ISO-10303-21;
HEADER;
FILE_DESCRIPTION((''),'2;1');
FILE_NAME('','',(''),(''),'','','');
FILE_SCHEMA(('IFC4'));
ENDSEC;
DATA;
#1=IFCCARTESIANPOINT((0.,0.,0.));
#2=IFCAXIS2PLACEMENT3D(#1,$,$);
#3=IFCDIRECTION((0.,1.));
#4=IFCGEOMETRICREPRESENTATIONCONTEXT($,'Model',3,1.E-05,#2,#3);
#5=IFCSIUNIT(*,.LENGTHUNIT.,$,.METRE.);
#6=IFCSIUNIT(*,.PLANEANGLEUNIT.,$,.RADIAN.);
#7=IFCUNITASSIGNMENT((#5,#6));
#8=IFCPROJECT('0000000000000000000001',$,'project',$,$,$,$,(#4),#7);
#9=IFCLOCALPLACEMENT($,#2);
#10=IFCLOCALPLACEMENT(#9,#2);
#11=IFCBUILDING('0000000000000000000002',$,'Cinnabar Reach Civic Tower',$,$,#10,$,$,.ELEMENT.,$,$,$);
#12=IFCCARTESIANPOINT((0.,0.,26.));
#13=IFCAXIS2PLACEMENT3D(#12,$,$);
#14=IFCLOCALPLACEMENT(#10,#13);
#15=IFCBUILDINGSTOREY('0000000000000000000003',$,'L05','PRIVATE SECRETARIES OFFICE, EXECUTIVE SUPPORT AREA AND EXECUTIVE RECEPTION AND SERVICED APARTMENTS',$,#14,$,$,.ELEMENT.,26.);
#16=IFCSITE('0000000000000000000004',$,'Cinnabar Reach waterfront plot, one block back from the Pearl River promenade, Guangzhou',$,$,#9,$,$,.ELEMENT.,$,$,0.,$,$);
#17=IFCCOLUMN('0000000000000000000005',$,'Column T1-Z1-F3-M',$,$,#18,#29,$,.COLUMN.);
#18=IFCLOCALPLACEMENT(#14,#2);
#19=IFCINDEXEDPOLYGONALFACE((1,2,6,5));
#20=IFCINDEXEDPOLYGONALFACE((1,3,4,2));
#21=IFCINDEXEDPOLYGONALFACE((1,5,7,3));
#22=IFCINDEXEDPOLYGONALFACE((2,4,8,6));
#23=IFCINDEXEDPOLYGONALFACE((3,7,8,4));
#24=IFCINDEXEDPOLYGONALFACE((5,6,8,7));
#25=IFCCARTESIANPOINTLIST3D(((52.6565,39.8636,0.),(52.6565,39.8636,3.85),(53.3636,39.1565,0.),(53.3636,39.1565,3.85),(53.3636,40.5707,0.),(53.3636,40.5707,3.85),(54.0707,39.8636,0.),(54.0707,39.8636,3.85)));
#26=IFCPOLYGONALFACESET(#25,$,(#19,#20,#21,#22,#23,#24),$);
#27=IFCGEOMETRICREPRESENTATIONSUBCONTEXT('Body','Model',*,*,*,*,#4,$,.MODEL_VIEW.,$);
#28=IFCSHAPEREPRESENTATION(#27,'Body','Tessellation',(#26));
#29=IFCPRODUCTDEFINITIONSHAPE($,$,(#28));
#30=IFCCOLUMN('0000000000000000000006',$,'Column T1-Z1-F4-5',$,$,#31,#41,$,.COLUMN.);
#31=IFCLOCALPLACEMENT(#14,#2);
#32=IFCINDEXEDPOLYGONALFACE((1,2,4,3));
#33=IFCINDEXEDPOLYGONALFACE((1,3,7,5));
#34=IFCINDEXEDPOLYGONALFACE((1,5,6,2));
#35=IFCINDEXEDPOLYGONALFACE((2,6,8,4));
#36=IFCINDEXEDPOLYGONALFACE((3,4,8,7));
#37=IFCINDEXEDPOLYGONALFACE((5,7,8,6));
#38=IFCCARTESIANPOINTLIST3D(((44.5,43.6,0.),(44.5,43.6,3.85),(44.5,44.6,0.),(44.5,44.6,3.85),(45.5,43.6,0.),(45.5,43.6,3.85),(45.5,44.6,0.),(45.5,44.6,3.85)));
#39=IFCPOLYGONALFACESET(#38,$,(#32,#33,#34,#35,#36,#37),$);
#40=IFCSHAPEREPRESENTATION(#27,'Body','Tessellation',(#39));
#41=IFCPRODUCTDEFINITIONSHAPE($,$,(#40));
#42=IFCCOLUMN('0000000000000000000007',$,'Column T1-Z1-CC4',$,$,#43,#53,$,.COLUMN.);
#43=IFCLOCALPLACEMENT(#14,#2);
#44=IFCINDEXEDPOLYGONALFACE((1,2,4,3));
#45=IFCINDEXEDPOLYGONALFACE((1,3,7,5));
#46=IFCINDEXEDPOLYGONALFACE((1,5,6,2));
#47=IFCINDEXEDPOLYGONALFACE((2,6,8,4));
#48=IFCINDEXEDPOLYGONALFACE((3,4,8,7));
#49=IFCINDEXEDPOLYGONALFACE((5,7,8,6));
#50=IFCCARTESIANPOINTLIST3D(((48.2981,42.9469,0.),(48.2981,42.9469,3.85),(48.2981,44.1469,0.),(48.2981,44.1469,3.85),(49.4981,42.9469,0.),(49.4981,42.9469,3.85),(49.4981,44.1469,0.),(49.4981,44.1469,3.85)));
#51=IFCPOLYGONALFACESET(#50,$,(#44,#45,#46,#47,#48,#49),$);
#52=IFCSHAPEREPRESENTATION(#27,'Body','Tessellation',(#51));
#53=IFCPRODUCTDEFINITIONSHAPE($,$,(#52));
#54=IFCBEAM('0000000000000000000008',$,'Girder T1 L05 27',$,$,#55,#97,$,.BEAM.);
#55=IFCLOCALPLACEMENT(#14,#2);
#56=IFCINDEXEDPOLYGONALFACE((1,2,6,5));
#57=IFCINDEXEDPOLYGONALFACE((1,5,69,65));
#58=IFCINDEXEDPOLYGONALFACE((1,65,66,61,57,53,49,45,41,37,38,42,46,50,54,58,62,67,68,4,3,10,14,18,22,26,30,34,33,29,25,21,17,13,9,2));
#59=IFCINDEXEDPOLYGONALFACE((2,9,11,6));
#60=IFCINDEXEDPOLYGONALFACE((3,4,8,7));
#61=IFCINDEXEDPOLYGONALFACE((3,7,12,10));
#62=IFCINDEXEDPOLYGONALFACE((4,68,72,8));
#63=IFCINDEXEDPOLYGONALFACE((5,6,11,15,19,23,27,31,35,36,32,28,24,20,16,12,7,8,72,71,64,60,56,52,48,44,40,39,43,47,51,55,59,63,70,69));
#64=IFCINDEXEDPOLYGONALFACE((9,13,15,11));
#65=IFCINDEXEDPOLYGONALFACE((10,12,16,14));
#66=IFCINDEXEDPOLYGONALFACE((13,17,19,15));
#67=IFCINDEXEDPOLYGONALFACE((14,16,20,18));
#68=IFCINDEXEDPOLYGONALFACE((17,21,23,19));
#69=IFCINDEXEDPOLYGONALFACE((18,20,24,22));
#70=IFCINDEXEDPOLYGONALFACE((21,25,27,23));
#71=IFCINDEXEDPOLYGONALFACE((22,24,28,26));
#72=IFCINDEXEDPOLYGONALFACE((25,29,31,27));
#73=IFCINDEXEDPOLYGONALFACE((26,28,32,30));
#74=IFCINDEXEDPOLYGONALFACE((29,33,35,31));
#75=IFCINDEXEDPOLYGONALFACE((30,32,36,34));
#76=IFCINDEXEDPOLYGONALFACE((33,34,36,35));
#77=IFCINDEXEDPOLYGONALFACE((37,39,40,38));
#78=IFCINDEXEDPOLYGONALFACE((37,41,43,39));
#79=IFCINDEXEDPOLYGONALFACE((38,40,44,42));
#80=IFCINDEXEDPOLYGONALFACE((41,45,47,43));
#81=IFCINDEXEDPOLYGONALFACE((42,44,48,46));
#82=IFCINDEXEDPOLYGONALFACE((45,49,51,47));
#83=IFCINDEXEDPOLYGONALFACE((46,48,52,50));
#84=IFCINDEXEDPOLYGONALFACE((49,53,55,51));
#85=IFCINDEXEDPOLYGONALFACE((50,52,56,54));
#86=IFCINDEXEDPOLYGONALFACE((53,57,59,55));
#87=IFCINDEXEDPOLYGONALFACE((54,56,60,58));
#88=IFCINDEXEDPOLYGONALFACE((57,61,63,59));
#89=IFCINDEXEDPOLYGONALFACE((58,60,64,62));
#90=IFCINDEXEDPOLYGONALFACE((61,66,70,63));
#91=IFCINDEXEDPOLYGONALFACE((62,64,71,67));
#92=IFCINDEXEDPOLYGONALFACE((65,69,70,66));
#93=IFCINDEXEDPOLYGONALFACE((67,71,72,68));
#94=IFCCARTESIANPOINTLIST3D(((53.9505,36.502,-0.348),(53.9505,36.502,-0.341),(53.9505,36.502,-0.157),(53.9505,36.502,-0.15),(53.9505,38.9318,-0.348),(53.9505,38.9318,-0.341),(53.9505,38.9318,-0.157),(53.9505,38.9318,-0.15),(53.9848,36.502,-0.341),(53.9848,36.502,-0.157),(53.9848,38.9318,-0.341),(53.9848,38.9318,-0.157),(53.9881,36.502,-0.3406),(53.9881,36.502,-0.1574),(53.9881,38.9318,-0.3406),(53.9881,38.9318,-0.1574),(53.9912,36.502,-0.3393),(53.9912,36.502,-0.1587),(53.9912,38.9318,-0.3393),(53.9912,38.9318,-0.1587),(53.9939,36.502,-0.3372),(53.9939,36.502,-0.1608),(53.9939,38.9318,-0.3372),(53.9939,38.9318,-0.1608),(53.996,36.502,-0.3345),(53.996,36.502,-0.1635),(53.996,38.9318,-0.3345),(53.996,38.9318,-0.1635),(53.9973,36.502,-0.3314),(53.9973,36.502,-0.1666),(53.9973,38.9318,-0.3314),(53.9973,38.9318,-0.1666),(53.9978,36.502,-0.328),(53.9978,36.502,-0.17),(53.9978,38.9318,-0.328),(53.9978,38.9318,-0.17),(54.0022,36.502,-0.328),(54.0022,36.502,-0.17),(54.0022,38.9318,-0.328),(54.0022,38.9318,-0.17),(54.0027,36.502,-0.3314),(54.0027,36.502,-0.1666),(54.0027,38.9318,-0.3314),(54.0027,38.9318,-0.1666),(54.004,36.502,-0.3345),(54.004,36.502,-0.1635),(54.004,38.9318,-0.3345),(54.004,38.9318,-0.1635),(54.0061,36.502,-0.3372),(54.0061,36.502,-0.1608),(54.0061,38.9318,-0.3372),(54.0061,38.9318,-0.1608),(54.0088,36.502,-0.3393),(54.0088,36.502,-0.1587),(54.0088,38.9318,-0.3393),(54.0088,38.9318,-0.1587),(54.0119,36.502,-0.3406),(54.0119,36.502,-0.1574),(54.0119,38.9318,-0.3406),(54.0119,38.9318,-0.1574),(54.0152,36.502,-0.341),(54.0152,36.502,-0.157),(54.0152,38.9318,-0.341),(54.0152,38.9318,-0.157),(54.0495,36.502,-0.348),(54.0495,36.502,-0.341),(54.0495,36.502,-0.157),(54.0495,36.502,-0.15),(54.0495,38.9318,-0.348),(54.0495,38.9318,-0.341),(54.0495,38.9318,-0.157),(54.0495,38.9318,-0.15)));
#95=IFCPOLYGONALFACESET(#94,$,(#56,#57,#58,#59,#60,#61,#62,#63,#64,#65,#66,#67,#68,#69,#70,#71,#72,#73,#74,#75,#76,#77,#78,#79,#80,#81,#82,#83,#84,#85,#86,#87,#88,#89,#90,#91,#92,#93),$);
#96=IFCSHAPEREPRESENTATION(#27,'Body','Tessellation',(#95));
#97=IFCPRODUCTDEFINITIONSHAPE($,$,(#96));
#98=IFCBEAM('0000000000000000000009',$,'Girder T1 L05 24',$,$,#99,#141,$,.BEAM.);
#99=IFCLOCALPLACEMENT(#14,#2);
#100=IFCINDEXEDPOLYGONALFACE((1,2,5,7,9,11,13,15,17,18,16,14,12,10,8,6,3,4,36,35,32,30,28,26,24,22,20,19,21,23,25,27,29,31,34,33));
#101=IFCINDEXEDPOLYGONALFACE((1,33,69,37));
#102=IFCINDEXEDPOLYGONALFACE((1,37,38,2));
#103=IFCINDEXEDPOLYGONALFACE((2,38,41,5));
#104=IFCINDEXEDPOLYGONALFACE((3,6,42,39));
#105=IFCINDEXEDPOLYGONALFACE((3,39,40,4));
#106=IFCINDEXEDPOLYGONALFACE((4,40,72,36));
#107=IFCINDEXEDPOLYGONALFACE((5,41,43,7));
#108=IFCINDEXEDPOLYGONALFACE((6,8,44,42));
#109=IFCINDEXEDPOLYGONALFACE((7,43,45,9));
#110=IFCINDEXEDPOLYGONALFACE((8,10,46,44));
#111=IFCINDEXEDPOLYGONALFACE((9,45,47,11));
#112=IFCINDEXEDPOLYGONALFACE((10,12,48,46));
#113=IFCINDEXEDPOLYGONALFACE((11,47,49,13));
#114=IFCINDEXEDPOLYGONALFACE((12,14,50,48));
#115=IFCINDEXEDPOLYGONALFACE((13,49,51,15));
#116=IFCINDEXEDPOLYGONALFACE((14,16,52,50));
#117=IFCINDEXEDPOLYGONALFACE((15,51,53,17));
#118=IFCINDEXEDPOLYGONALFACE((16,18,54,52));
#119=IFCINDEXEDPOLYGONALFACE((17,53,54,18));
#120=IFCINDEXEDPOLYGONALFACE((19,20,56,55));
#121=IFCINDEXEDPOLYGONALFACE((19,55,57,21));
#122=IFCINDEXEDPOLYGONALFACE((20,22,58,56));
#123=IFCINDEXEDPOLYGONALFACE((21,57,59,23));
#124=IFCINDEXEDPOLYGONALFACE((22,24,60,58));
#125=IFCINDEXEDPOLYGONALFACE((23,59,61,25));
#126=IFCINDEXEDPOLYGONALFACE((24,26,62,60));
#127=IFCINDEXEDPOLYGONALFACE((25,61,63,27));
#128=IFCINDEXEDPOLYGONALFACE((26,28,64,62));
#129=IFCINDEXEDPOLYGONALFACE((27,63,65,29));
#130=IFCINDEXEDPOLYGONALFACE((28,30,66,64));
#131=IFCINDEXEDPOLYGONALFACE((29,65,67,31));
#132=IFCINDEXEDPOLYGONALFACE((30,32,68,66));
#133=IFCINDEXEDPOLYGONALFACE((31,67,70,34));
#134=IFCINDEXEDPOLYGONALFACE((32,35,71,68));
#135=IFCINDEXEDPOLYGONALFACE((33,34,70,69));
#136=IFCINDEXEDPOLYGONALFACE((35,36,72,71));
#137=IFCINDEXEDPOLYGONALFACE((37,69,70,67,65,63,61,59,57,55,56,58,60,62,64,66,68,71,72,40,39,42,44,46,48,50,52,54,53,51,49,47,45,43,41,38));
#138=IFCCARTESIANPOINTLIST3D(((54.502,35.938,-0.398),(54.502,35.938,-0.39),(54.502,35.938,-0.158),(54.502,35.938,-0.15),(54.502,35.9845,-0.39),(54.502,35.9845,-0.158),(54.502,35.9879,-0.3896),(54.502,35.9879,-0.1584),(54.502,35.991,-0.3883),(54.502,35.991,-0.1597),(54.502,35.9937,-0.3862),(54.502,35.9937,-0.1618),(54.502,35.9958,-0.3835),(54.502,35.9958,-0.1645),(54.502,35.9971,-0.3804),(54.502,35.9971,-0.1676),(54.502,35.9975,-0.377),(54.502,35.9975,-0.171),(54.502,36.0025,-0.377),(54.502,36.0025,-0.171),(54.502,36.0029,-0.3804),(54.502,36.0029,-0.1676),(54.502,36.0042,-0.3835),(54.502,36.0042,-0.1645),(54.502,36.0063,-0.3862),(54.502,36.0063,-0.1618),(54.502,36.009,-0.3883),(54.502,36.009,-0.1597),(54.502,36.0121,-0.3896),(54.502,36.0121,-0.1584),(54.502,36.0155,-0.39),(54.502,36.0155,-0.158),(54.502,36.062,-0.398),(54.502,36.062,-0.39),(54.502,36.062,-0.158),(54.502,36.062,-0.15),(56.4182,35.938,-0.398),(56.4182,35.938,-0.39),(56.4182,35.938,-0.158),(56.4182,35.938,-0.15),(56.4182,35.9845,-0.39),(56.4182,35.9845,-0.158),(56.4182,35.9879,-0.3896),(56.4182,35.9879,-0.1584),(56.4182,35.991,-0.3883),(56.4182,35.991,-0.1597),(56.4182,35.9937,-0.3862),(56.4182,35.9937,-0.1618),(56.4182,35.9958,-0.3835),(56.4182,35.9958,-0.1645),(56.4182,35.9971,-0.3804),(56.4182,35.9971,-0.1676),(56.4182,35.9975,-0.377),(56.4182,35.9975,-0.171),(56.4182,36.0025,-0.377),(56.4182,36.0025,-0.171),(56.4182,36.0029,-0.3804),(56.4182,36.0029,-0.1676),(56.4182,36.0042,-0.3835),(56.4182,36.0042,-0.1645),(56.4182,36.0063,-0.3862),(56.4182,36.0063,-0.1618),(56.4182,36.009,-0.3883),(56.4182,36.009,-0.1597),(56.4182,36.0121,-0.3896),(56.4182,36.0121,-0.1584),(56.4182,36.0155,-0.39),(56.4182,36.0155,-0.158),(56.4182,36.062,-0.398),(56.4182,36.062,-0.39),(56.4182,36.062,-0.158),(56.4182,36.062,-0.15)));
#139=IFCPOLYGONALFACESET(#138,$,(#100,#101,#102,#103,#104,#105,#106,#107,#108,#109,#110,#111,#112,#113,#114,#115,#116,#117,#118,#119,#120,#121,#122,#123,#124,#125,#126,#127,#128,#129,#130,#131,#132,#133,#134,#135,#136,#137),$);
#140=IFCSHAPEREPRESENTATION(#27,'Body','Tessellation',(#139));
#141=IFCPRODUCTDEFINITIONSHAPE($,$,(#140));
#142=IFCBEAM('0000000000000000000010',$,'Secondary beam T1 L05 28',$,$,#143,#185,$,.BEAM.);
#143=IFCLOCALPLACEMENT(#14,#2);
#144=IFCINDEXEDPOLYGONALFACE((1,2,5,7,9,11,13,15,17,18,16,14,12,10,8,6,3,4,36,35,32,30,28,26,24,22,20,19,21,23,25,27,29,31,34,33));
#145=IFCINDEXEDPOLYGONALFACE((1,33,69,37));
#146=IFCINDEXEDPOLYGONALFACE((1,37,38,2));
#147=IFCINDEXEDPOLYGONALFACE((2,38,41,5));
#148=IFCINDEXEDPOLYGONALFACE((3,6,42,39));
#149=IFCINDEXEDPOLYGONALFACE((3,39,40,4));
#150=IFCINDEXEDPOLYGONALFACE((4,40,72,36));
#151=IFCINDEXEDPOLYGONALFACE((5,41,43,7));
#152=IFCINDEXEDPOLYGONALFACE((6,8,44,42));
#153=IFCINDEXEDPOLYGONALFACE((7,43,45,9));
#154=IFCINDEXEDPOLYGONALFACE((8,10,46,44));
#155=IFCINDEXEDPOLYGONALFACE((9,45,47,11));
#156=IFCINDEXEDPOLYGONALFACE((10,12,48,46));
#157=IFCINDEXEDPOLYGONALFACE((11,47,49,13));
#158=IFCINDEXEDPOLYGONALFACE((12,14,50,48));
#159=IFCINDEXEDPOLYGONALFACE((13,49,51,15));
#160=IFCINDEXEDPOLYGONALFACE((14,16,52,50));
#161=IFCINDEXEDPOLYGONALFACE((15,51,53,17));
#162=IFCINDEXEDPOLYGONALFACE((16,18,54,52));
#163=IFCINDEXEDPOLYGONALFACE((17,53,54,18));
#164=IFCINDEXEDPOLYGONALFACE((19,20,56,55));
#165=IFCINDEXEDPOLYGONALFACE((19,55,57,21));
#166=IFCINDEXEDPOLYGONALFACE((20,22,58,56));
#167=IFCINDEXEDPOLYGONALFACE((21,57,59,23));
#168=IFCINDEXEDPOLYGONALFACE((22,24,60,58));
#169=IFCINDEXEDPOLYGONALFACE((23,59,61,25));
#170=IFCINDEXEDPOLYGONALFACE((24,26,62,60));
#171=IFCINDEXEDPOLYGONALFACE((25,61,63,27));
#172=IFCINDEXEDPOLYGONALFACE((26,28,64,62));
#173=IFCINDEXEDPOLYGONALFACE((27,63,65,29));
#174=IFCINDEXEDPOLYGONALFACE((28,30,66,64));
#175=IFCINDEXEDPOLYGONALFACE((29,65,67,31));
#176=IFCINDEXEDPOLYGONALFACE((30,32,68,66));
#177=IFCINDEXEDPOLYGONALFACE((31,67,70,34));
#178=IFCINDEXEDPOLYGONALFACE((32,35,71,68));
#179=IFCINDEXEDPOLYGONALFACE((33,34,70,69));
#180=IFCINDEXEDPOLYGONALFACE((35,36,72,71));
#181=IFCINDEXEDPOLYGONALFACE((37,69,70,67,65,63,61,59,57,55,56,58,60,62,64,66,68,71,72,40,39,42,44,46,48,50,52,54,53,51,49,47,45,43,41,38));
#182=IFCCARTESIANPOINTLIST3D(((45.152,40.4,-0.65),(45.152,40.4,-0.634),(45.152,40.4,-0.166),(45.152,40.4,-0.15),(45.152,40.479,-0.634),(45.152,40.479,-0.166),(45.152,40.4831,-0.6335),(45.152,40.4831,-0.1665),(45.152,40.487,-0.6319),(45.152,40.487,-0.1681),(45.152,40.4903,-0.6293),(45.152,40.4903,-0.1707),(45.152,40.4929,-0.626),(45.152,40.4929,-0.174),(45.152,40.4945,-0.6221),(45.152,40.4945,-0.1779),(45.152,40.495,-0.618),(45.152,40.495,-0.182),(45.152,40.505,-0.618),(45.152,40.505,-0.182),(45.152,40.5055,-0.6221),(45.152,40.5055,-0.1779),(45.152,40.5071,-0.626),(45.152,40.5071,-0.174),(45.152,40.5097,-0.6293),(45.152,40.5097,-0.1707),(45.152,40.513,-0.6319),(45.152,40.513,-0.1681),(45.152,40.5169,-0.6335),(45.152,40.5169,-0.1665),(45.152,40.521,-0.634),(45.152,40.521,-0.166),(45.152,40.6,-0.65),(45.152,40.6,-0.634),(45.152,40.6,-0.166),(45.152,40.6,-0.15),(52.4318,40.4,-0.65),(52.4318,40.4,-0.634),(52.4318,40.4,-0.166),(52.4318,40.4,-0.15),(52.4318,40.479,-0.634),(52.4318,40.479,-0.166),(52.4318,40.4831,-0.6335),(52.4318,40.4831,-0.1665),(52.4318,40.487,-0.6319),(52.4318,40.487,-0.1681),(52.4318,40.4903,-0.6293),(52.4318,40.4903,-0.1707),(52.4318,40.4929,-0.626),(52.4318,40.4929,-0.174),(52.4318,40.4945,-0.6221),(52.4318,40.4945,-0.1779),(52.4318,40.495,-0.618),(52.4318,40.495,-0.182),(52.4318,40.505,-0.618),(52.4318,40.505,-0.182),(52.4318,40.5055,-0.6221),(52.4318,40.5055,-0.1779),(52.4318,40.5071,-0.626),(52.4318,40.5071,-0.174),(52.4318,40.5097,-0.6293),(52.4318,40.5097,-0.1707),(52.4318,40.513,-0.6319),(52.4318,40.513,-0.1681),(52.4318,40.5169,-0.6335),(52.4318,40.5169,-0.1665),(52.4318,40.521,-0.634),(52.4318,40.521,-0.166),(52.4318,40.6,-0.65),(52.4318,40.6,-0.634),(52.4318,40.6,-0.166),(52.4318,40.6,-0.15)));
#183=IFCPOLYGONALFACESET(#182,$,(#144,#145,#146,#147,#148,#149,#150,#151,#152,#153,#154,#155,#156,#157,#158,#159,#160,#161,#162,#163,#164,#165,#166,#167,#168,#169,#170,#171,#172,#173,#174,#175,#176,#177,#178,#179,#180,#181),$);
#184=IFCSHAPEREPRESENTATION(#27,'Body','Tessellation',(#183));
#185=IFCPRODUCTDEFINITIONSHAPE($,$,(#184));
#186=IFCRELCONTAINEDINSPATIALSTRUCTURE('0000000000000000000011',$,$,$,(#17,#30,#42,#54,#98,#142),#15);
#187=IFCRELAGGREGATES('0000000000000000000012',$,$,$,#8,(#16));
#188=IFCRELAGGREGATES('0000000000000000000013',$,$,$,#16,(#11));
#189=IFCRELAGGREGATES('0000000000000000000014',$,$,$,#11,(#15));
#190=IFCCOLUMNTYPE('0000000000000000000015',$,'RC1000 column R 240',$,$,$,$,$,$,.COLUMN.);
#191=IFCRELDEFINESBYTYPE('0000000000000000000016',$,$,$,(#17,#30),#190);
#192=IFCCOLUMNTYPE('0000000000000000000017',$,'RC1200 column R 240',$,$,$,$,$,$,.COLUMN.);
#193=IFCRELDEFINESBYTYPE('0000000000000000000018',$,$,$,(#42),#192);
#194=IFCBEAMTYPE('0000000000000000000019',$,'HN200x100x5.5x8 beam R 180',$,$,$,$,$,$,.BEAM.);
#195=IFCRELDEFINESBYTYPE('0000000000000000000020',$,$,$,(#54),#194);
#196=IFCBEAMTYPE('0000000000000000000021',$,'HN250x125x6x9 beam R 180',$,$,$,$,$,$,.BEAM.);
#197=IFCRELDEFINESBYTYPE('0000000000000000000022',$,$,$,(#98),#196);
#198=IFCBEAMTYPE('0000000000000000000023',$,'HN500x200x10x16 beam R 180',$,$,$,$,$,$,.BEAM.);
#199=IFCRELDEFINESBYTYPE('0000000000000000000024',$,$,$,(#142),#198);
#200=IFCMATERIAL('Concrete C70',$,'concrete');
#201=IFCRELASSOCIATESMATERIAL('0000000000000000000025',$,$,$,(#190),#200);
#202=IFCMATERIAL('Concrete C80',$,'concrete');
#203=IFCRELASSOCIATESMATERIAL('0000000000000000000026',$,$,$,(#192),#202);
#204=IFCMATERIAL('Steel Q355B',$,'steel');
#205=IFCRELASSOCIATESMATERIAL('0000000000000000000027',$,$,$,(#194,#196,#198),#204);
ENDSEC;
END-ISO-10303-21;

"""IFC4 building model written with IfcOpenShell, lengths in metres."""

from ifc_helpers import new_model, si_unit, direction, frame, origin, origin_2d, place, context, subcontext, project, spatial, rectangle, i_section, extrude, material, material_profile, profile_set, type_object, element, save


model = new_model("IFC4")

# Units and contexts
model_context = context("Model", 3, precision=1e-05, world=origin(), true_north=direction((0.0, 1.0)))
body_context = subcontext(model_context, "Body", "Model", "MODEL_VIEW")
ifc_project = project(units=[si_unit("LENGTHUNIT", "METRE"), si_unit("PLANEANGLEUNIT", "RADIAN")], contexts=[model_context])

# Site, building, storey
site_placement = place(None, origin())
site = spatial("IfcSite", under=ifc_project, at=site_placement, Name="Cinnabar Reach waterfront plot, one block back from the Pearl River promenade, Guangzhou", CompositionType="ELEMENT", RefElevation=0.0)
building_placement = place(site_placement, origin())
building = spatial("IfcBuilding", under=site, at=building_placement, Name="Cinnabar Reach Civic Tower", CompositionType="ELEMENT")
storey_placement = place(building_placement, frame((0.0, 0.0, 26.0)))
storey = spatial("IfcBuildingStorey", under=building, at=storey_placement, Name="L05", Description="PRIVATE SECRETARIES OFFICE, EXECUTIVE SUPPORT AREA AND EXECUTIVE RECEPTION AND SERVICED APARTMENTS", CompositionType="ELEMENT", Elevation=26.0)

# Columns
ifc_material_1 = material(Name="Concrete C70", Category="concrete")
ifc_material_profile_1 = material_profile(ifc_material_1, rectangle(XDim=1.0, YDim=1.0, at=origin_2d()), Name="RC1000")
ifc_profile_set_1 = profile_set([ifc_material_profile_1], Name="Concrete C70")
column_type_1 = type_object("IfcColumnType", Name="RC1000 column R 240", PredefinedType="COLUMN", material=ifc_profile_set_1)
for number, where, z_axis, x_axis, name in (
    (1, (53.3636, 39.8636, 0.0), (0.0, 0.0, 1.0), (0.707107, 0.707107, 0.0), "Column T1-Z1-F3-M"),
    (2, (45.0, 44.1, 0.0), (0.0, 0.0, 1.0), (1.0, 0.0, 0.0), "Column T1-Z1-F4-5"),
):
    element("IfcColumn", number, at=place(storey_placement, frame(where, z_axis=z_axis, x_axis=x_axis)), inside=storey, type_object=column_type_1, Name=name, PredefinedType="COLUMN", context=body_context, shape_type="SweptSolid", body=[
        extrude(rectangle(XDim=1.0, YDim=1.0, at=origin_2d()), origin(), (0.0, 0.0, 1.0), 3.85),
    ])
ifc_material_2 = material(Name="Concrete C80", Category="concrete")
ifc_material_profile_2 = material_profile(ifc_material_2, rectangle(XDim=1.2, YDim=1.2, at=origin_2d()), Name="RC1200")
ifc_profile_set_2 = profile_set([ifc_material_profile_2], Name="Concrete C80")
column_type_2 = type_object("IfcColumnType", Name="RC1200 column R 240", PredefinedType="COLUMN", material=ifc_profile_set_2)
column_placement = place(storey_placement, frame((48.8981, 43.5469, 0.0), z_axis=(0.0, 0.0, 1.0), x_axis=(1.0, 0.0, 0.0)))
element("IfcColumn", 3, at=column_placement, inside=storey, type_object=column_type_2, Name="Column T1-Z1-CC4", PredefinedType="COLUMN", context=body_context, shape_type="SweptSolid", body=[
    extrude(rectangle(XDim=1.2, YDim=1.2, at=origin_2d()), origin(), (0.0, 0.0, 1.0), 3.85),
])

# Beams
ifc_material_3 = material(Name="Steel Q355B", Category="steel")
ifc_material_profile_3 = material_profile(ifc_material_3, i_section(OverallWidth=0.099, OverallDepth=0.198, WebThickness=0.0045, FlangeThickness=0.007, FilletRadius=0.013, at=origin_2d()), Name="HN200x100x5.5x8")
ifc_profile_set_3 = profile_set([ifc_material_profile_3], Name="Steel Q355B")
beam_type_1 = type_object("IfcBeamType", Name="HN200x100x5.5x8 beam R 180", PredefinedType="BEAM", material=ifc_profile_set_3)
beam_1_placement = place(storey_placement, frame((54.0, 36.502, -0.249), z_axis=(0.0, 1.0, 0.0), x_axis=(-1.0, 0.0, 0.0)))
element("IfcBeam", 4, at=beam_1_placement, inside=storey, type_object=beam_type_1, Name="Girder T1 L05 27", PredefinedType="BEAM", context=body_context, shape_type="SweptSolid", body=[
    extrude(i_section(OverallWidth=0.099, OverallDepth=0.198, WebThickness=0.0045, FlangeThickness=0.007, FilletRadius=0.013, at=origin_2d()), origin(), (0.0, 0.0, 1.0), 2.4298),
])
ifc_material_profile_4 = material_profile(ifc_material_3, i_section(OverallWidth=0.124, OverallDepth=0.248, WebThickness=0.005, FlangeThickness=0.008, FilletRadius=0.013, at=origin_2d()), Name="HN250x125x6x9")
ifc_profile_set_4 = profile_set([ifc_material_profile_4], Name="Steel Q355B")
beam_type_2 = type_object("IfcBeamType", Name="HN250x125x6x9 beam R 180", PredefinedType="BEAM", material=ifc_profile_set_4)
beam_2_placement = place(storey_placement, frame((54.502, 36.0, -0.274), z_axis=(1.0, 0.0, 0.0), x_axis=(0.0, 1.0, 0.0)))
element("IfcBeam", 5, at=beam_2_placement, inside=storey, type_object=beam_type_2, Name="Girder T1 L05 24", PredefinedType="BEAM", context=body_context, shape_type="SweptSolid", body=[
    extrude(i_section(OverallWidth=0.124, OverallDepth=0.248, WebThickness=0.005, FlangeThickness=0.008, FilletRadius=0.013, at=origin_2d()), origin(), (0.0, 0.0, 1.0), 1.9162),
])
ifc_material_profile_5 = material_profile(ifc_material_3, i_section(OverallWidth=0.2, OverallDepth=0.5, WebThickness=0.01, FlangeThickness=0.016, FilletRadius=0.016, at=origin_2d()), Name="HN500x200x10x16")
ifc_profile_set_5 = profile_set([ifc_material_profile_5], Name="Steel Q355B")
beam_type_3 = type_object("IfcBeamType", Name="HN500x200x10x16 beam R 180", PredefinedType="BEAM", material=ifc_profile_set_5)
beam_3_placement = place(storey_placement, frame((45.152, 40.5, -0.4), z_axis=(1.0, 0.0, 0.0), x_axis=(0.0, 1.0, 0.0)))
element("IfcBeam", 6, at=beam_3_placement, inside=storey, type_object=beam_type_3, Name="Secondary beam T1 L05 28", PredefinedType="BEAM", context=body_context, shape_type="SweptSolid", body=[
    extrude(i_section(OverallWidth=0.2, OverallDepth=0.5, WebThickness=0.01, FlangeThickness=0.016, FilletRadius=0.016, at=origin_2d()), origin(), (0.0, 0.0, 1.0), 7.2798),
])

save(model, "model.ifc")
